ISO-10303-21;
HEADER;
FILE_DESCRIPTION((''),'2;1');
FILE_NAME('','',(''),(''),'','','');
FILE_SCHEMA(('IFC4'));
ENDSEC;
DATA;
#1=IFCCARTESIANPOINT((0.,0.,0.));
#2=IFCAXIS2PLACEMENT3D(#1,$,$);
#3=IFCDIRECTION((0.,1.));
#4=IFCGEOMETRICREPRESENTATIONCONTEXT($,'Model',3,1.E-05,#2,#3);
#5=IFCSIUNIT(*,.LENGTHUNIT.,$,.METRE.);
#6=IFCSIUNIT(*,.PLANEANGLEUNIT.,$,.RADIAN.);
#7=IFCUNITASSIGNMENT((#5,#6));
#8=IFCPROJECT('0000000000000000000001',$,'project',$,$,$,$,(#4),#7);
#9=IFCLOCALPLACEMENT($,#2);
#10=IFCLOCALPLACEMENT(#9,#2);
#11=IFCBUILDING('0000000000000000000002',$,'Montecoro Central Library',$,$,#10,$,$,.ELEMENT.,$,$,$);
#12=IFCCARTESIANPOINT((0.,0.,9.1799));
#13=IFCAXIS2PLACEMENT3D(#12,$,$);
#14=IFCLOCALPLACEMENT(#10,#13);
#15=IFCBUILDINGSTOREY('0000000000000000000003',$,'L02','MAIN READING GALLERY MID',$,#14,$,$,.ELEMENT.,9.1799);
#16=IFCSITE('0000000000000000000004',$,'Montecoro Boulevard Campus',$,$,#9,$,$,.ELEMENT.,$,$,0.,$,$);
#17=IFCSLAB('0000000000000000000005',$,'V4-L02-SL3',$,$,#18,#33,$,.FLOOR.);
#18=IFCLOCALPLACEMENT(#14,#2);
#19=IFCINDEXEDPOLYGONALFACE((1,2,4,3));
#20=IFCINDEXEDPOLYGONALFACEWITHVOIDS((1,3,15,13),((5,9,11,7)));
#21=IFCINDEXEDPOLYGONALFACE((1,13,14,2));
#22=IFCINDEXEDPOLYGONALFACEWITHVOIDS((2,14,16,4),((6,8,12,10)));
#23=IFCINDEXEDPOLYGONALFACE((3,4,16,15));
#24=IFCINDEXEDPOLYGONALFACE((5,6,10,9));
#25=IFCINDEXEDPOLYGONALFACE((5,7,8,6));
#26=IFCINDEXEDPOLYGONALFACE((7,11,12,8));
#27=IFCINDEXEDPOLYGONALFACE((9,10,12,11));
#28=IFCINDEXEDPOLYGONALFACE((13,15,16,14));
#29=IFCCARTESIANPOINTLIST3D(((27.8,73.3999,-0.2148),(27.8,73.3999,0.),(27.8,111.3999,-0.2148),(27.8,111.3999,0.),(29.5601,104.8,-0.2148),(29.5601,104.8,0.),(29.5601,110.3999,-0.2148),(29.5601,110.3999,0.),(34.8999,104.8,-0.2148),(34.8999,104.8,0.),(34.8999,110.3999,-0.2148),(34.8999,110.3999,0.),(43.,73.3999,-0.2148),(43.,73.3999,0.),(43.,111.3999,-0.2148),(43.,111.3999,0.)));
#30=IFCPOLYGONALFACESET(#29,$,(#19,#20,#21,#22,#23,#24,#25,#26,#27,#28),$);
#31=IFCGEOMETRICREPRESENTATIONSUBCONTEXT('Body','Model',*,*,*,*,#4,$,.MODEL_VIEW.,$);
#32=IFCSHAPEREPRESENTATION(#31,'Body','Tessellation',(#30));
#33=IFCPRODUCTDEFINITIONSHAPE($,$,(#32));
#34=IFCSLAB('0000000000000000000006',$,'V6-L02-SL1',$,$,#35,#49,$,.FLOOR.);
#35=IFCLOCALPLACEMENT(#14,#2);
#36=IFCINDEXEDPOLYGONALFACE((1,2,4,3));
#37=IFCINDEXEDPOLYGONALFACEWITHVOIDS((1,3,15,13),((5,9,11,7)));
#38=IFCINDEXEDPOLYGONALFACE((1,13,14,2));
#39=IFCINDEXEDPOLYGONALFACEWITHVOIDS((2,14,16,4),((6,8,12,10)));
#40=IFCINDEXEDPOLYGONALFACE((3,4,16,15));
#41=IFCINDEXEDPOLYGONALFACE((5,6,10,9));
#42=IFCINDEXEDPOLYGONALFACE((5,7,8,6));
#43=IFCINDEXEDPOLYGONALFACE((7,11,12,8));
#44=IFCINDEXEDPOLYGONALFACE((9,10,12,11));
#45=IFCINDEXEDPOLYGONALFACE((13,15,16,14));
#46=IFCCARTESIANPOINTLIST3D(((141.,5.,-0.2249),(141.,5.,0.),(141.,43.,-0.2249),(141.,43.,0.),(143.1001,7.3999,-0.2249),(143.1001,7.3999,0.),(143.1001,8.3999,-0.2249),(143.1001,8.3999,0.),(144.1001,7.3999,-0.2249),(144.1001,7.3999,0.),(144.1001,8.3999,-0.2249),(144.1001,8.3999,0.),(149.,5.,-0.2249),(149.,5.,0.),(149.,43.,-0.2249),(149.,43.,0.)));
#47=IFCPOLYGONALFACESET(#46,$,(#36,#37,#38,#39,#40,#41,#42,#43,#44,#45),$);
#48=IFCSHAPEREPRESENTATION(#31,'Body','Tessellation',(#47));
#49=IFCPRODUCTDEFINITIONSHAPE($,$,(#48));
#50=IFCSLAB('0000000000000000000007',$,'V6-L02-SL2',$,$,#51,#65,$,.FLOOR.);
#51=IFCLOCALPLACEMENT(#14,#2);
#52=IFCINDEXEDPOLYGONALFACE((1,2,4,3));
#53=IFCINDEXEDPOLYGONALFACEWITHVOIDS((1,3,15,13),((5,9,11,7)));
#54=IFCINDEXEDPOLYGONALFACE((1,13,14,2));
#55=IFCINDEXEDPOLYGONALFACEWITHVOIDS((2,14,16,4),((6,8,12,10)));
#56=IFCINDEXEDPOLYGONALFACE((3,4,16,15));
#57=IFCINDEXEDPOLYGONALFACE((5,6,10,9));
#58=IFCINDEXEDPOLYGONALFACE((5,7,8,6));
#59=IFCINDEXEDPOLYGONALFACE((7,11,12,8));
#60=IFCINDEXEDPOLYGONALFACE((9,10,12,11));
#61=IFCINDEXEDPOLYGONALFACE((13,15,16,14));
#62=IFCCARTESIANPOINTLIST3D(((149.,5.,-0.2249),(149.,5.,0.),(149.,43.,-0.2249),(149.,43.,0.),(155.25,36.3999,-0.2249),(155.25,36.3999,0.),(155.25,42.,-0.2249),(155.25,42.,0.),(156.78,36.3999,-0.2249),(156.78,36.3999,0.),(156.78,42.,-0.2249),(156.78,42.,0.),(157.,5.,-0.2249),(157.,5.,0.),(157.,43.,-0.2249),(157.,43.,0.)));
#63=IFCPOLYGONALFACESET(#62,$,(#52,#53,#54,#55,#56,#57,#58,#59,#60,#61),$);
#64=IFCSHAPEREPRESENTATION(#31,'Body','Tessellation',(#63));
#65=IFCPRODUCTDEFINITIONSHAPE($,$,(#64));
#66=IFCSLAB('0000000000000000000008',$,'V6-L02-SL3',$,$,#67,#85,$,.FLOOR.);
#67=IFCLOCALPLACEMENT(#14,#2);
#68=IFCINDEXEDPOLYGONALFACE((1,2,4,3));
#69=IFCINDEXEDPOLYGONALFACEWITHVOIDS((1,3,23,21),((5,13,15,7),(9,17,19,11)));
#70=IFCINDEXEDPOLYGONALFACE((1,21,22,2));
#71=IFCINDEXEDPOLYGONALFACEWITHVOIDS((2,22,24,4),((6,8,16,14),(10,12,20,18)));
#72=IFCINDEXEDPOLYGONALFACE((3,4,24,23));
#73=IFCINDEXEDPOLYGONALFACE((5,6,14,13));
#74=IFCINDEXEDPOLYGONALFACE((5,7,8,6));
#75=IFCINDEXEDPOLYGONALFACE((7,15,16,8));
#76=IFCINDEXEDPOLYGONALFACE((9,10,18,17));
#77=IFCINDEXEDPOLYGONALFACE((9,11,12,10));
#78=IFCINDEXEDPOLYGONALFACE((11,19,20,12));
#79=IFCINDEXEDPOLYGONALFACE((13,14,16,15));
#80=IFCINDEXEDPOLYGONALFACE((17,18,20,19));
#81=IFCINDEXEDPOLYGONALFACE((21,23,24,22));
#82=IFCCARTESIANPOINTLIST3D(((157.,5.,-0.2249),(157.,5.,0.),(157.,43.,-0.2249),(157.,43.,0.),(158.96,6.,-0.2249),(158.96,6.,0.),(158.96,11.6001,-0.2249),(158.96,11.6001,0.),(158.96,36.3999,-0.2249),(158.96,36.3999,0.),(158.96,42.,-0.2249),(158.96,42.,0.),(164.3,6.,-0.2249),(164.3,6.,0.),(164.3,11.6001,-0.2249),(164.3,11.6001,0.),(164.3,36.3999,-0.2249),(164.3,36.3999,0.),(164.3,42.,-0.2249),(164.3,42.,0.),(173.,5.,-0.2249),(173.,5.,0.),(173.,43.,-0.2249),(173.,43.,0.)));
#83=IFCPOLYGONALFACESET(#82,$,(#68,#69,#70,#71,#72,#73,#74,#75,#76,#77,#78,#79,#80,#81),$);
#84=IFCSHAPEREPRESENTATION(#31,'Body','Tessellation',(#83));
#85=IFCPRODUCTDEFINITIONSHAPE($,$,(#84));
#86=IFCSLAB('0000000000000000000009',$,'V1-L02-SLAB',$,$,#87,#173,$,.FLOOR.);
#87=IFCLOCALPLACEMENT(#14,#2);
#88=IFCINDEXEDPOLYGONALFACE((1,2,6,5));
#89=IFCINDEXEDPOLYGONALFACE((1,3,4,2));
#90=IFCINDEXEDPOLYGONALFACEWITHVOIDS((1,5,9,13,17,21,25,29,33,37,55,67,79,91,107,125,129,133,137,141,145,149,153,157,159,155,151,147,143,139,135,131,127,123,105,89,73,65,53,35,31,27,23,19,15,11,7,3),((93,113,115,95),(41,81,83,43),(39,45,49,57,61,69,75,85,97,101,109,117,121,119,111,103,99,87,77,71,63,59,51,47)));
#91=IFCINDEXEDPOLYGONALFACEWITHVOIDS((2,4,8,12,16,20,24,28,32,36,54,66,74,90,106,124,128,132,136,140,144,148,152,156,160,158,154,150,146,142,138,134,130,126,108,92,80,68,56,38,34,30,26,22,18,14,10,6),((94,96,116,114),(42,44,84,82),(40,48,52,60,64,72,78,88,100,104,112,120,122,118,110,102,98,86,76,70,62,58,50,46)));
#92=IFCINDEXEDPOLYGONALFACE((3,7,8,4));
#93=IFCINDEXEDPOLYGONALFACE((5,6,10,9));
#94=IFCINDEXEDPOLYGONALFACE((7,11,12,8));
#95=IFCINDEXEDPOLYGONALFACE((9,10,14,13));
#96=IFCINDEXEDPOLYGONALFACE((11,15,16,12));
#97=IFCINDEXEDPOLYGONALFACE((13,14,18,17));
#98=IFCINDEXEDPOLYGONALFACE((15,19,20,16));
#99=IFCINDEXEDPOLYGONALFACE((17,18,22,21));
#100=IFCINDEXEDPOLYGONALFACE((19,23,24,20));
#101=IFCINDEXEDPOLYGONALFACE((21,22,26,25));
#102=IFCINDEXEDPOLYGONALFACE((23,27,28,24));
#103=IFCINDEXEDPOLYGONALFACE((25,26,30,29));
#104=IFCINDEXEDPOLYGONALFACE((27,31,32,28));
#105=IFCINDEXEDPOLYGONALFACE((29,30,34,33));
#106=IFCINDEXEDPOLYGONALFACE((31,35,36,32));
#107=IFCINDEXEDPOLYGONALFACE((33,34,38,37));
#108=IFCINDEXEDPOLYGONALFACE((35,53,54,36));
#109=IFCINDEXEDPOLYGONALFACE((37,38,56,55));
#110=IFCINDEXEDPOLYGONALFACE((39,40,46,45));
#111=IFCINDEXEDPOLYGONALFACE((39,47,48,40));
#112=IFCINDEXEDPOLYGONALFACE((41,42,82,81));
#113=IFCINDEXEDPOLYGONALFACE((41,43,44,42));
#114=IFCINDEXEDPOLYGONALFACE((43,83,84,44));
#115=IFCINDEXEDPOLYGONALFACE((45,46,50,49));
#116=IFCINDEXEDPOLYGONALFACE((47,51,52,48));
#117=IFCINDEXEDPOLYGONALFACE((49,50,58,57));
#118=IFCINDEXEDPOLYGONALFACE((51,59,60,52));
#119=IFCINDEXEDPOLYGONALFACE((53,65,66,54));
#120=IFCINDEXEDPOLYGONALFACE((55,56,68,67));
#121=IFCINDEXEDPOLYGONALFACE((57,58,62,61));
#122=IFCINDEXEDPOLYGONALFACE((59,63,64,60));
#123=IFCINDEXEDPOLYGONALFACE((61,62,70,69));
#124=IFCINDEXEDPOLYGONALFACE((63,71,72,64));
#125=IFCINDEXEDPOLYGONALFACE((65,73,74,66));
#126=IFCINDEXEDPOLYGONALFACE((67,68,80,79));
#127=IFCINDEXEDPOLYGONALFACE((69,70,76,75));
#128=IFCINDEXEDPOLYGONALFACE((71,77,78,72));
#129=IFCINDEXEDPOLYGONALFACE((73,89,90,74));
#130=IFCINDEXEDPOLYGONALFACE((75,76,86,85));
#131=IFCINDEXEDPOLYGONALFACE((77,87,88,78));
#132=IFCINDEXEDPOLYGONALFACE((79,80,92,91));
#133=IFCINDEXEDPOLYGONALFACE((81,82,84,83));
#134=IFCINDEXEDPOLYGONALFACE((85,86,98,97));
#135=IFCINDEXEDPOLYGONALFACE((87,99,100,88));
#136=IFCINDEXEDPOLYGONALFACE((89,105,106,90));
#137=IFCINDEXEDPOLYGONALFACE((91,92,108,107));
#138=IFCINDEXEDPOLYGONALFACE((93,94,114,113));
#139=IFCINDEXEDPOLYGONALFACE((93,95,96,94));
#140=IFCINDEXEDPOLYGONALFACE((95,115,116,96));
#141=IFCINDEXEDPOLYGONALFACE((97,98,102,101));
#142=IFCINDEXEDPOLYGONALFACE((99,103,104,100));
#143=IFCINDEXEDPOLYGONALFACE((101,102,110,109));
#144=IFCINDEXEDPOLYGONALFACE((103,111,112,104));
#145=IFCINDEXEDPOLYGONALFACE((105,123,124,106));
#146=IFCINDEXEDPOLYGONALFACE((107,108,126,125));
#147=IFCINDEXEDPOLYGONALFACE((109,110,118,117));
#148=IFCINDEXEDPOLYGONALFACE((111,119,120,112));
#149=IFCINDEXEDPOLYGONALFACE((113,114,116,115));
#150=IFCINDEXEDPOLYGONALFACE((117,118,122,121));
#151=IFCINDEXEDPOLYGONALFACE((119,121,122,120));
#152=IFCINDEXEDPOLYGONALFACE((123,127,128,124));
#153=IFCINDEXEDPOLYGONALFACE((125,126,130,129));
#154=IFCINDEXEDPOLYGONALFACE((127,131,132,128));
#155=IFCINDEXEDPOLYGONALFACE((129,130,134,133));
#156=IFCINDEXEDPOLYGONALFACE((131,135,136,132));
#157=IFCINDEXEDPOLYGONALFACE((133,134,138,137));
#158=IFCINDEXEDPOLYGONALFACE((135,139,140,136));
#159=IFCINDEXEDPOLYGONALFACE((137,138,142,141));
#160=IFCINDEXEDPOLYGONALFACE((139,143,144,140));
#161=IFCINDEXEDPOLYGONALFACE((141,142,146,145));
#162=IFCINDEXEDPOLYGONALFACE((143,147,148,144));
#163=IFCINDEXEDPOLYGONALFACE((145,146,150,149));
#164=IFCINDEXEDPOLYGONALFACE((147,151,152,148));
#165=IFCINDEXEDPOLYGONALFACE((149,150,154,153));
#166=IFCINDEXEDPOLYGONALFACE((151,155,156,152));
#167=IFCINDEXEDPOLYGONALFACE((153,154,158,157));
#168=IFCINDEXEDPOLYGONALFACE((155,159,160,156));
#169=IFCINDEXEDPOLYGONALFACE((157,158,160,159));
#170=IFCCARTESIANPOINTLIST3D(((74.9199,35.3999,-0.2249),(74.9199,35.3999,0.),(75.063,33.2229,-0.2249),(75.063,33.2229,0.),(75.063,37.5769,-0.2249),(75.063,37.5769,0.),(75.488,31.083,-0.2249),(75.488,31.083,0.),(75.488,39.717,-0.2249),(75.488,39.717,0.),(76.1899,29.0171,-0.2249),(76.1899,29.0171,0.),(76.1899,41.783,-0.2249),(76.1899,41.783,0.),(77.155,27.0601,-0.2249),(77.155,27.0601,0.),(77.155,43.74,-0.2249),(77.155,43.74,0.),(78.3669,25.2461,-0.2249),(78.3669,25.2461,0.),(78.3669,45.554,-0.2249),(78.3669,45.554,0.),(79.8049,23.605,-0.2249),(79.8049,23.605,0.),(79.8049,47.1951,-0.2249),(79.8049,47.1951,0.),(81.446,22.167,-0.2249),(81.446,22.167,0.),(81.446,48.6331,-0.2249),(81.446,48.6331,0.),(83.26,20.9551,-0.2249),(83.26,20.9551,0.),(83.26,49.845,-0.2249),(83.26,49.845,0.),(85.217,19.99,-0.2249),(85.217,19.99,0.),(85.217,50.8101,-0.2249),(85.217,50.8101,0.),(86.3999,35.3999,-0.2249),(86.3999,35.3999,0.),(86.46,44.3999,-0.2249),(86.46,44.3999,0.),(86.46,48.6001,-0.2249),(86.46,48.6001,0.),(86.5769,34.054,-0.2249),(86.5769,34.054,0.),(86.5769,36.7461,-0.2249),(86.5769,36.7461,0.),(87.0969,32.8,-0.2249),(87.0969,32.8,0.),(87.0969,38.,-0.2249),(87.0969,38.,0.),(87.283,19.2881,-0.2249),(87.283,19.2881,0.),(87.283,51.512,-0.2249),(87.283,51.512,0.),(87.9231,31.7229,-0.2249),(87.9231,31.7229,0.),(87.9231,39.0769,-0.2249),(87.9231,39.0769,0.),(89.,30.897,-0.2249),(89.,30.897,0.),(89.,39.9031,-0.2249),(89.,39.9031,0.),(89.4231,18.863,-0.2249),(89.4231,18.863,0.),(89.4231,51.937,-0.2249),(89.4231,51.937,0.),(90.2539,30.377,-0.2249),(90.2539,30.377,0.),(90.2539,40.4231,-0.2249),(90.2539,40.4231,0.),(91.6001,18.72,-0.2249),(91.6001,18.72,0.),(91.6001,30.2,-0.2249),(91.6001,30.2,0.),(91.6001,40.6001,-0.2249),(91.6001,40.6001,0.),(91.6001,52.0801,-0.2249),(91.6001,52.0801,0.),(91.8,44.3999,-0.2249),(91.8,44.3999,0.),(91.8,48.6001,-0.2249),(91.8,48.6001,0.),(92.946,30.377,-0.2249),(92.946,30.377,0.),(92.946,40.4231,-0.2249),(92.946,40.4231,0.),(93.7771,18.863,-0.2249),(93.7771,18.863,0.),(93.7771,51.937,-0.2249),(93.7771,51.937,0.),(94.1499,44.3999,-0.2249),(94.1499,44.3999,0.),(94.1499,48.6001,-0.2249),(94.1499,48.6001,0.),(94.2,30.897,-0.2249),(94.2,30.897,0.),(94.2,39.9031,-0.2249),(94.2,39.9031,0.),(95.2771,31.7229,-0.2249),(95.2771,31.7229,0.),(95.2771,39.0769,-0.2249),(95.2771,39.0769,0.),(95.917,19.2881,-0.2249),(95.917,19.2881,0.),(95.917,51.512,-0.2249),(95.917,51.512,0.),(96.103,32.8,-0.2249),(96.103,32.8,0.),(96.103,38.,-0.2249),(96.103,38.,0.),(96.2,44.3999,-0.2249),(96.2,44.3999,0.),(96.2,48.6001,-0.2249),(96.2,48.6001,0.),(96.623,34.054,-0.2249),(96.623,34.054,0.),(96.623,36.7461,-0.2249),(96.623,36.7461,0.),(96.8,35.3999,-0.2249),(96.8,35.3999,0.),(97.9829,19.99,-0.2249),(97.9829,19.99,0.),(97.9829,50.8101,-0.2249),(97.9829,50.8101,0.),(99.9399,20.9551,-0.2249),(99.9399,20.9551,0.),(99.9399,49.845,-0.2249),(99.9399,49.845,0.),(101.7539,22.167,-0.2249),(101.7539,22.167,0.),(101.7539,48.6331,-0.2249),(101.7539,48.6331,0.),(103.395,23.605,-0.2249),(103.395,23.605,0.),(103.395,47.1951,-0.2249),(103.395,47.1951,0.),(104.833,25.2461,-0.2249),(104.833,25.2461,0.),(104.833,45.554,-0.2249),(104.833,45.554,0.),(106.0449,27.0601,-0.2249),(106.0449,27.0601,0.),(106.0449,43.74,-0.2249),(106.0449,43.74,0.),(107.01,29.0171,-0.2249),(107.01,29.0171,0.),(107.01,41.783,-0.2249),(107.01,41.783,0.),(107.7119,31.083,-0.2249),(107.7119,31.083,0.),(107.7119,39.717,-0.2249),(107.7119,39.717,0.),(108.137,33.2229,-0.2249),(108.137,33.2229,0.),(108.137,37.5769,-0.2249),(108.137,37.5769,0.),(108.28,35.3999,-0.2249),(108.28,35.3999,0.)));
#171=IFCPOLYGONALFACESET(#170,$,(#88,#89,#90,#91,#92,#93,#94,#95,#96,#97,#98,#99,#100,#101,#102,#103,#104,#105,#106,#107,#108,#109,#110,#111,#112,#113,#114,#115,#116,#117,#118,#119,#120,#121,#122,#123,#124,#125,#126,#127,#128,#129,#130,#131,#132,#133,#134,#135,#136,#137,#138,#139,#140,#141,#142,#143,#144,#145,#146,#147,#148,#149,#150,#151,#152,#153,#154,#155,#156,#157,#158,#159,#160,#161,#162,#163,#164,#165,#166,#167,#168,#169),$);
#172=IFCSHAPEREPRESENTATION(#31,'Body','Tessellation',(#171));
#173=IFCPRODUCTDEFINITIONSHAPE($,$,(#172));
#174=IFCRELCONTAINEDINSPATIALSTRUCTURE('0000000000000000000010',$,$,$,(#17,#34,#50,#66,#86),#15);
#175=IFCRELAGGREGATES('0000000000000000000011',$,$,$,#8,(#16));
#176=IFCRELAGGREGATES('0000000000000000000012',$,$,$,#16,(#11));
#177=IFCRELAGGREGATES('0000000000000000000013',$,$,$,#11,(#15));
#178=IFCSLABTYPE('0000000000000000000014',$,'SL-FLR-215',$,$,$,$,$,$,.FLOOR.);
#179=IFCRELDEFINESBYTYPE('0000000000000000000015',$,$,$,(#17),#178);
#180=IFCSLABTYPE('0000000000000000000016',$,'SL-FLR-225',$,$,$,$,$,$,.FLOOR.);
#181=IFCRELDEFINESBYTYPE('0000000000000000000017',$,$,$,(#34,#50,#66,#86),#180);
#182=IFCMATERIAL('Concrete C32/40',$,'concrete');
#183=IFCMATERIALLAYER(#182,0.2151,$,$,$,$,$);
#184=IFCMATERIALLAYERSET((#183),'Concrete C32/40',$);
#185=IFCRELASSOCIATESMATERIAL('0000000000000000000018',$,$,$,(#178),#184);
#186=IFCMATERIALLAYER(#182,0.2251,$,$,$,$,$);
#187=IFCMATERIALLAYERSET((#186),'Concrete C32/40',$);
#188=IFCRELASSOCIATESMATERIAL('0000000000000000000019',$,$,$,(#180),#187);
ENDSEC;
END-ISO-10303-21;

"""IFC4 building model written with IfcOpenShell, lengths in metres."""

from ifc_helpers import new_model, si_unit, direction, frame, origin, place, context, subcontext, project, spatial, polyline, outline, extrude, material, layer, layer_set, type_object, element, save


model = new_model("IFC4")

# Units and contexts
model_context = context("Model", 3, precision=1e-05, world=origin(), true_north=direction((0.0, 1.0)))
body_context = subcontext(model_context, "Body", "Model", "MODEL_VIEW")
ifc_project = project(units=[si_unit("LENGTHUNIT", "METRE"), si_unit("PLANEANGLEUNIT", "RADIAN")], contexts=[model_context])

# Site, building, storey
site_placement = place(None, origin())
site = spatial("IfcSite", under=ifc_project, at=site_placement, Name="Montecoro Boulevard Campus", CompositionType="ELEMENT", RefElevation=0.0)
building_placement = place(site_placement, origin())
building = spatial("IfcBuilding", under=site, at=building_placement, Name="Montecoro Central Library", CompositionType="ELEMENT")
storey_placement = place(building_placement, frame((0.0, 0.0, 9.1799)))
storey = spatial("IfcBuildingStorey", under=building, at=storey_placement, Name="L02", Description="MAIN READING GALLERY MID", CompositionType="ELEMENT", Elevation=9.1799)

# Slabs
ifc_material_1 = material(Name="Concrete C32/40", Category="concrete")
ifc_layer_1 = layer(ifc_material_1, 0.2151)
ifc_layer_set_1 = layer_set([ifc_layer_1], Name="Concrete C32/40")
slab_type_1 = type_object("IfcSlabType", Name="SL-FLR-215", PredefinedType="FLOOR", material=ifc_layer_set_1)
slab_1_placement = place(storey_placement, frame((0.0, 0.0, -0.2148)))
element("IfcSlab", 1, at=slab_1_placement, inside=storey, type_object=slab_type_1, Name="V4-L02-SL3", PredefinedType="FLOOR", context=body_context, shape_type="SweptSolid", body=[
    extrude(outline(polyline([(27.8, 73.3999), (43.0, 73.3999), (43.0, 111.3999), (27.8, 111.3999), (27.8, 73.3999)]), holes=[polyline([(29.5601, 110.3999), (34.8999, 110.3999), (34.8999, 104.8), (29.5601, 104.8), (29.5601, 110.3999)])]), origin(), (0.0, 0.0, 1.0), 0.2148),
])
ifc_layer_2 = layer(ifc_material_1, 0.2251)
ifc_layer_set_2 = layer_set([ifc_layer_2], Name="Concrete C32/40")
slab_type_2 = type_object("IfcSlabType", Name="SL-FLR-225", PredefinedType="FLOOR", material=ifc_layer_set_2)
slab_2_placement = place(storey_placement, frame((0.0, 0.0, -0.2249)))
element("IfcSlab", 2, at=slab_2_placement, inside=storey, type_object=slab_type_2, Name="V6-L02-SL1", PredefinedType="FLOOR", context=body_context, shape_type="SweptSolid", body=[
    extrude(outline(polyline([(141.0, 5.0), (149.0, 5.0), (149.0, 43.0), (141.0, 43.0), (141.0, 5.0)]), holes=[polyline([(143.1001, 8.3999), (144.1001, 8.3999), (144.1001, 7.3999), (143.1001, 7.3999), (143.1001, 8.3999)])]), origin(), (0.0, 0.0, 1.0), 0.2249),
])
slab_3_placement = place(storey_placement, frame((0.0, 0.0, -0.2249)))
element("IfcSlab", 3, at=slab_3_placement, inside=storey, type_object=slab_type_2, Name="V6-L02-SL2", PredefinedType="FLOOR", context=body_context, shape_type="SweptSolid", body=[
    extrude(outline(polyline([(149.0, 5.0), (157.0, 5.0), (157.0, 43.0), (149.0, 43.0), (149.0, 5.0)]), holes=[polyline([(155.25, 42.0), (156.78, 42.0), (156.78, 36.3999), (155.25, 36.3999), (155.25, 42.0)])]), origin(), (0.0, 0.0, 1.0), 0.2249),
])
slab_4_placement = place(storey_placement, frame((0.0, 0.0, -0.2249)))
element("IfcSlab", 4, at=slab_4_placement, inside=storey, type_object=slab_type_2, Name="V6-L02-SL3", PredefinedType="FLOOR", context=body_context, shape_type="SweptSolid", body=[
    extrude(outline(polyline([(157.0, 5.0), (173.0, 5.0), (173.0, 43.0), (157.0, 43.0), (157.0, 5.0)]), holes=[polyline([(158.96, 42.0), (164.3, 42.0), (164.3, 36.3999), (158.96, 36.3999), (158.96, 42.0)]), polyline([(158.96, 11.6001), (164.3, 11.6001), (164.3, 6.0), (158.96, 6.0), (158.96, 11.6001)])]), origin(), (0.0, 0.0, 1.0), 0.2249),
])
slab_5_placement = place(storey_placement, frame((0.0, 0.0, -0.2249)))
element("IfcSlab", 5, at=slab_5_placement, inside=storey, type_object=slab_type_2, Name="V1-L02-SLAB", PredefinedType="FLOOR", context=body_context, shape_type="SweptSolid", body=[
    extrude(outline(polyline([(108.28, 35.3999), (108.137, 37.5769), (107.7119, 39.717), (107.01, 41.783), (106.0449, 43.74), (104.833, 45.554), (103.395, 47.1951), (101.7539, 48.6331), (99.9399, 49.845), (97.9829, 50.8101), (95.917, 51.512), (93.7771, 51.937), (91.6001, 52.0801), (89.4231, 51.937), (87.283, 51.512), (85.217, 50.8101), (83.26, 49.845), (81.446, 48.6331), (79.8049, 47.1951), (78.3669, 45.554), (77.155, 43.74), (76.1899, 41.783), (75.488, 39.717), (75.063, 37.5769), (74.9199, 35.3999), (75.063, 33.2229), (75.488, 31.083), (76.1899, 29.0171), (77.155, 27.0601), (78.3669, 25.2461), (79.8049, 23.605), (81.446, 22.167), (83.26, 20.9551), (85.217, 19.99), (87.283, 19.2881), (89.4231, 18.863), (91.6001, 18.72), (93.7771, 18.863), (95.917, 19.2881), (97.9829, 19.99), (99.9399, 20.9551), (101.7539, 22.167), (103.395, 23.605), (104.833, 25.2461), (106.0449, 27.0601), (107.01, 29.0171), (107.7119, 31.083), (108.137, 33.2229), (108.28, 35.3999)]), holes=[polyline([(86.46, 48.6001), (91.8, 48.6001), (91.8, 44.3999), (86.46, 44.3999), (86.46, 48.6001)]), polyline([(94.1499, 48.6001), (96.2, 48.6001), (96.2, 44.3999), (94.1499, 44.3999), (94.1499, 48.6001)]), polyline([(96.623, 34.054), (96.103, 32.8), (95.2771, 31.7229), (94.2, 30.897), (92.946, 30.377), (91.6001, 30.2), (90.2539, 30.377), (89.0, 30.897), (87.9231, 31.7229), (87.0969, 32.8), (86.5769, 34.054), (86.3999, 35.3999), (86.5769, 36.7461), (87.0969, 38.0), (87.9231, 39.0769), (89.0, 39.9031), (90.2539, 40.4231), (91.6001, 40.6001), (92.946, 40.4231), (94.2, 39.9031), (95.2771, 39.0769), (96.103, 38.0), (96.623, 36.7461), (96.8, 35.3999), (96.623, 34.054)])]), origin(), (0.0, 0.0, 1.0), 0.2249),
])

save(model, "model.ifc")
